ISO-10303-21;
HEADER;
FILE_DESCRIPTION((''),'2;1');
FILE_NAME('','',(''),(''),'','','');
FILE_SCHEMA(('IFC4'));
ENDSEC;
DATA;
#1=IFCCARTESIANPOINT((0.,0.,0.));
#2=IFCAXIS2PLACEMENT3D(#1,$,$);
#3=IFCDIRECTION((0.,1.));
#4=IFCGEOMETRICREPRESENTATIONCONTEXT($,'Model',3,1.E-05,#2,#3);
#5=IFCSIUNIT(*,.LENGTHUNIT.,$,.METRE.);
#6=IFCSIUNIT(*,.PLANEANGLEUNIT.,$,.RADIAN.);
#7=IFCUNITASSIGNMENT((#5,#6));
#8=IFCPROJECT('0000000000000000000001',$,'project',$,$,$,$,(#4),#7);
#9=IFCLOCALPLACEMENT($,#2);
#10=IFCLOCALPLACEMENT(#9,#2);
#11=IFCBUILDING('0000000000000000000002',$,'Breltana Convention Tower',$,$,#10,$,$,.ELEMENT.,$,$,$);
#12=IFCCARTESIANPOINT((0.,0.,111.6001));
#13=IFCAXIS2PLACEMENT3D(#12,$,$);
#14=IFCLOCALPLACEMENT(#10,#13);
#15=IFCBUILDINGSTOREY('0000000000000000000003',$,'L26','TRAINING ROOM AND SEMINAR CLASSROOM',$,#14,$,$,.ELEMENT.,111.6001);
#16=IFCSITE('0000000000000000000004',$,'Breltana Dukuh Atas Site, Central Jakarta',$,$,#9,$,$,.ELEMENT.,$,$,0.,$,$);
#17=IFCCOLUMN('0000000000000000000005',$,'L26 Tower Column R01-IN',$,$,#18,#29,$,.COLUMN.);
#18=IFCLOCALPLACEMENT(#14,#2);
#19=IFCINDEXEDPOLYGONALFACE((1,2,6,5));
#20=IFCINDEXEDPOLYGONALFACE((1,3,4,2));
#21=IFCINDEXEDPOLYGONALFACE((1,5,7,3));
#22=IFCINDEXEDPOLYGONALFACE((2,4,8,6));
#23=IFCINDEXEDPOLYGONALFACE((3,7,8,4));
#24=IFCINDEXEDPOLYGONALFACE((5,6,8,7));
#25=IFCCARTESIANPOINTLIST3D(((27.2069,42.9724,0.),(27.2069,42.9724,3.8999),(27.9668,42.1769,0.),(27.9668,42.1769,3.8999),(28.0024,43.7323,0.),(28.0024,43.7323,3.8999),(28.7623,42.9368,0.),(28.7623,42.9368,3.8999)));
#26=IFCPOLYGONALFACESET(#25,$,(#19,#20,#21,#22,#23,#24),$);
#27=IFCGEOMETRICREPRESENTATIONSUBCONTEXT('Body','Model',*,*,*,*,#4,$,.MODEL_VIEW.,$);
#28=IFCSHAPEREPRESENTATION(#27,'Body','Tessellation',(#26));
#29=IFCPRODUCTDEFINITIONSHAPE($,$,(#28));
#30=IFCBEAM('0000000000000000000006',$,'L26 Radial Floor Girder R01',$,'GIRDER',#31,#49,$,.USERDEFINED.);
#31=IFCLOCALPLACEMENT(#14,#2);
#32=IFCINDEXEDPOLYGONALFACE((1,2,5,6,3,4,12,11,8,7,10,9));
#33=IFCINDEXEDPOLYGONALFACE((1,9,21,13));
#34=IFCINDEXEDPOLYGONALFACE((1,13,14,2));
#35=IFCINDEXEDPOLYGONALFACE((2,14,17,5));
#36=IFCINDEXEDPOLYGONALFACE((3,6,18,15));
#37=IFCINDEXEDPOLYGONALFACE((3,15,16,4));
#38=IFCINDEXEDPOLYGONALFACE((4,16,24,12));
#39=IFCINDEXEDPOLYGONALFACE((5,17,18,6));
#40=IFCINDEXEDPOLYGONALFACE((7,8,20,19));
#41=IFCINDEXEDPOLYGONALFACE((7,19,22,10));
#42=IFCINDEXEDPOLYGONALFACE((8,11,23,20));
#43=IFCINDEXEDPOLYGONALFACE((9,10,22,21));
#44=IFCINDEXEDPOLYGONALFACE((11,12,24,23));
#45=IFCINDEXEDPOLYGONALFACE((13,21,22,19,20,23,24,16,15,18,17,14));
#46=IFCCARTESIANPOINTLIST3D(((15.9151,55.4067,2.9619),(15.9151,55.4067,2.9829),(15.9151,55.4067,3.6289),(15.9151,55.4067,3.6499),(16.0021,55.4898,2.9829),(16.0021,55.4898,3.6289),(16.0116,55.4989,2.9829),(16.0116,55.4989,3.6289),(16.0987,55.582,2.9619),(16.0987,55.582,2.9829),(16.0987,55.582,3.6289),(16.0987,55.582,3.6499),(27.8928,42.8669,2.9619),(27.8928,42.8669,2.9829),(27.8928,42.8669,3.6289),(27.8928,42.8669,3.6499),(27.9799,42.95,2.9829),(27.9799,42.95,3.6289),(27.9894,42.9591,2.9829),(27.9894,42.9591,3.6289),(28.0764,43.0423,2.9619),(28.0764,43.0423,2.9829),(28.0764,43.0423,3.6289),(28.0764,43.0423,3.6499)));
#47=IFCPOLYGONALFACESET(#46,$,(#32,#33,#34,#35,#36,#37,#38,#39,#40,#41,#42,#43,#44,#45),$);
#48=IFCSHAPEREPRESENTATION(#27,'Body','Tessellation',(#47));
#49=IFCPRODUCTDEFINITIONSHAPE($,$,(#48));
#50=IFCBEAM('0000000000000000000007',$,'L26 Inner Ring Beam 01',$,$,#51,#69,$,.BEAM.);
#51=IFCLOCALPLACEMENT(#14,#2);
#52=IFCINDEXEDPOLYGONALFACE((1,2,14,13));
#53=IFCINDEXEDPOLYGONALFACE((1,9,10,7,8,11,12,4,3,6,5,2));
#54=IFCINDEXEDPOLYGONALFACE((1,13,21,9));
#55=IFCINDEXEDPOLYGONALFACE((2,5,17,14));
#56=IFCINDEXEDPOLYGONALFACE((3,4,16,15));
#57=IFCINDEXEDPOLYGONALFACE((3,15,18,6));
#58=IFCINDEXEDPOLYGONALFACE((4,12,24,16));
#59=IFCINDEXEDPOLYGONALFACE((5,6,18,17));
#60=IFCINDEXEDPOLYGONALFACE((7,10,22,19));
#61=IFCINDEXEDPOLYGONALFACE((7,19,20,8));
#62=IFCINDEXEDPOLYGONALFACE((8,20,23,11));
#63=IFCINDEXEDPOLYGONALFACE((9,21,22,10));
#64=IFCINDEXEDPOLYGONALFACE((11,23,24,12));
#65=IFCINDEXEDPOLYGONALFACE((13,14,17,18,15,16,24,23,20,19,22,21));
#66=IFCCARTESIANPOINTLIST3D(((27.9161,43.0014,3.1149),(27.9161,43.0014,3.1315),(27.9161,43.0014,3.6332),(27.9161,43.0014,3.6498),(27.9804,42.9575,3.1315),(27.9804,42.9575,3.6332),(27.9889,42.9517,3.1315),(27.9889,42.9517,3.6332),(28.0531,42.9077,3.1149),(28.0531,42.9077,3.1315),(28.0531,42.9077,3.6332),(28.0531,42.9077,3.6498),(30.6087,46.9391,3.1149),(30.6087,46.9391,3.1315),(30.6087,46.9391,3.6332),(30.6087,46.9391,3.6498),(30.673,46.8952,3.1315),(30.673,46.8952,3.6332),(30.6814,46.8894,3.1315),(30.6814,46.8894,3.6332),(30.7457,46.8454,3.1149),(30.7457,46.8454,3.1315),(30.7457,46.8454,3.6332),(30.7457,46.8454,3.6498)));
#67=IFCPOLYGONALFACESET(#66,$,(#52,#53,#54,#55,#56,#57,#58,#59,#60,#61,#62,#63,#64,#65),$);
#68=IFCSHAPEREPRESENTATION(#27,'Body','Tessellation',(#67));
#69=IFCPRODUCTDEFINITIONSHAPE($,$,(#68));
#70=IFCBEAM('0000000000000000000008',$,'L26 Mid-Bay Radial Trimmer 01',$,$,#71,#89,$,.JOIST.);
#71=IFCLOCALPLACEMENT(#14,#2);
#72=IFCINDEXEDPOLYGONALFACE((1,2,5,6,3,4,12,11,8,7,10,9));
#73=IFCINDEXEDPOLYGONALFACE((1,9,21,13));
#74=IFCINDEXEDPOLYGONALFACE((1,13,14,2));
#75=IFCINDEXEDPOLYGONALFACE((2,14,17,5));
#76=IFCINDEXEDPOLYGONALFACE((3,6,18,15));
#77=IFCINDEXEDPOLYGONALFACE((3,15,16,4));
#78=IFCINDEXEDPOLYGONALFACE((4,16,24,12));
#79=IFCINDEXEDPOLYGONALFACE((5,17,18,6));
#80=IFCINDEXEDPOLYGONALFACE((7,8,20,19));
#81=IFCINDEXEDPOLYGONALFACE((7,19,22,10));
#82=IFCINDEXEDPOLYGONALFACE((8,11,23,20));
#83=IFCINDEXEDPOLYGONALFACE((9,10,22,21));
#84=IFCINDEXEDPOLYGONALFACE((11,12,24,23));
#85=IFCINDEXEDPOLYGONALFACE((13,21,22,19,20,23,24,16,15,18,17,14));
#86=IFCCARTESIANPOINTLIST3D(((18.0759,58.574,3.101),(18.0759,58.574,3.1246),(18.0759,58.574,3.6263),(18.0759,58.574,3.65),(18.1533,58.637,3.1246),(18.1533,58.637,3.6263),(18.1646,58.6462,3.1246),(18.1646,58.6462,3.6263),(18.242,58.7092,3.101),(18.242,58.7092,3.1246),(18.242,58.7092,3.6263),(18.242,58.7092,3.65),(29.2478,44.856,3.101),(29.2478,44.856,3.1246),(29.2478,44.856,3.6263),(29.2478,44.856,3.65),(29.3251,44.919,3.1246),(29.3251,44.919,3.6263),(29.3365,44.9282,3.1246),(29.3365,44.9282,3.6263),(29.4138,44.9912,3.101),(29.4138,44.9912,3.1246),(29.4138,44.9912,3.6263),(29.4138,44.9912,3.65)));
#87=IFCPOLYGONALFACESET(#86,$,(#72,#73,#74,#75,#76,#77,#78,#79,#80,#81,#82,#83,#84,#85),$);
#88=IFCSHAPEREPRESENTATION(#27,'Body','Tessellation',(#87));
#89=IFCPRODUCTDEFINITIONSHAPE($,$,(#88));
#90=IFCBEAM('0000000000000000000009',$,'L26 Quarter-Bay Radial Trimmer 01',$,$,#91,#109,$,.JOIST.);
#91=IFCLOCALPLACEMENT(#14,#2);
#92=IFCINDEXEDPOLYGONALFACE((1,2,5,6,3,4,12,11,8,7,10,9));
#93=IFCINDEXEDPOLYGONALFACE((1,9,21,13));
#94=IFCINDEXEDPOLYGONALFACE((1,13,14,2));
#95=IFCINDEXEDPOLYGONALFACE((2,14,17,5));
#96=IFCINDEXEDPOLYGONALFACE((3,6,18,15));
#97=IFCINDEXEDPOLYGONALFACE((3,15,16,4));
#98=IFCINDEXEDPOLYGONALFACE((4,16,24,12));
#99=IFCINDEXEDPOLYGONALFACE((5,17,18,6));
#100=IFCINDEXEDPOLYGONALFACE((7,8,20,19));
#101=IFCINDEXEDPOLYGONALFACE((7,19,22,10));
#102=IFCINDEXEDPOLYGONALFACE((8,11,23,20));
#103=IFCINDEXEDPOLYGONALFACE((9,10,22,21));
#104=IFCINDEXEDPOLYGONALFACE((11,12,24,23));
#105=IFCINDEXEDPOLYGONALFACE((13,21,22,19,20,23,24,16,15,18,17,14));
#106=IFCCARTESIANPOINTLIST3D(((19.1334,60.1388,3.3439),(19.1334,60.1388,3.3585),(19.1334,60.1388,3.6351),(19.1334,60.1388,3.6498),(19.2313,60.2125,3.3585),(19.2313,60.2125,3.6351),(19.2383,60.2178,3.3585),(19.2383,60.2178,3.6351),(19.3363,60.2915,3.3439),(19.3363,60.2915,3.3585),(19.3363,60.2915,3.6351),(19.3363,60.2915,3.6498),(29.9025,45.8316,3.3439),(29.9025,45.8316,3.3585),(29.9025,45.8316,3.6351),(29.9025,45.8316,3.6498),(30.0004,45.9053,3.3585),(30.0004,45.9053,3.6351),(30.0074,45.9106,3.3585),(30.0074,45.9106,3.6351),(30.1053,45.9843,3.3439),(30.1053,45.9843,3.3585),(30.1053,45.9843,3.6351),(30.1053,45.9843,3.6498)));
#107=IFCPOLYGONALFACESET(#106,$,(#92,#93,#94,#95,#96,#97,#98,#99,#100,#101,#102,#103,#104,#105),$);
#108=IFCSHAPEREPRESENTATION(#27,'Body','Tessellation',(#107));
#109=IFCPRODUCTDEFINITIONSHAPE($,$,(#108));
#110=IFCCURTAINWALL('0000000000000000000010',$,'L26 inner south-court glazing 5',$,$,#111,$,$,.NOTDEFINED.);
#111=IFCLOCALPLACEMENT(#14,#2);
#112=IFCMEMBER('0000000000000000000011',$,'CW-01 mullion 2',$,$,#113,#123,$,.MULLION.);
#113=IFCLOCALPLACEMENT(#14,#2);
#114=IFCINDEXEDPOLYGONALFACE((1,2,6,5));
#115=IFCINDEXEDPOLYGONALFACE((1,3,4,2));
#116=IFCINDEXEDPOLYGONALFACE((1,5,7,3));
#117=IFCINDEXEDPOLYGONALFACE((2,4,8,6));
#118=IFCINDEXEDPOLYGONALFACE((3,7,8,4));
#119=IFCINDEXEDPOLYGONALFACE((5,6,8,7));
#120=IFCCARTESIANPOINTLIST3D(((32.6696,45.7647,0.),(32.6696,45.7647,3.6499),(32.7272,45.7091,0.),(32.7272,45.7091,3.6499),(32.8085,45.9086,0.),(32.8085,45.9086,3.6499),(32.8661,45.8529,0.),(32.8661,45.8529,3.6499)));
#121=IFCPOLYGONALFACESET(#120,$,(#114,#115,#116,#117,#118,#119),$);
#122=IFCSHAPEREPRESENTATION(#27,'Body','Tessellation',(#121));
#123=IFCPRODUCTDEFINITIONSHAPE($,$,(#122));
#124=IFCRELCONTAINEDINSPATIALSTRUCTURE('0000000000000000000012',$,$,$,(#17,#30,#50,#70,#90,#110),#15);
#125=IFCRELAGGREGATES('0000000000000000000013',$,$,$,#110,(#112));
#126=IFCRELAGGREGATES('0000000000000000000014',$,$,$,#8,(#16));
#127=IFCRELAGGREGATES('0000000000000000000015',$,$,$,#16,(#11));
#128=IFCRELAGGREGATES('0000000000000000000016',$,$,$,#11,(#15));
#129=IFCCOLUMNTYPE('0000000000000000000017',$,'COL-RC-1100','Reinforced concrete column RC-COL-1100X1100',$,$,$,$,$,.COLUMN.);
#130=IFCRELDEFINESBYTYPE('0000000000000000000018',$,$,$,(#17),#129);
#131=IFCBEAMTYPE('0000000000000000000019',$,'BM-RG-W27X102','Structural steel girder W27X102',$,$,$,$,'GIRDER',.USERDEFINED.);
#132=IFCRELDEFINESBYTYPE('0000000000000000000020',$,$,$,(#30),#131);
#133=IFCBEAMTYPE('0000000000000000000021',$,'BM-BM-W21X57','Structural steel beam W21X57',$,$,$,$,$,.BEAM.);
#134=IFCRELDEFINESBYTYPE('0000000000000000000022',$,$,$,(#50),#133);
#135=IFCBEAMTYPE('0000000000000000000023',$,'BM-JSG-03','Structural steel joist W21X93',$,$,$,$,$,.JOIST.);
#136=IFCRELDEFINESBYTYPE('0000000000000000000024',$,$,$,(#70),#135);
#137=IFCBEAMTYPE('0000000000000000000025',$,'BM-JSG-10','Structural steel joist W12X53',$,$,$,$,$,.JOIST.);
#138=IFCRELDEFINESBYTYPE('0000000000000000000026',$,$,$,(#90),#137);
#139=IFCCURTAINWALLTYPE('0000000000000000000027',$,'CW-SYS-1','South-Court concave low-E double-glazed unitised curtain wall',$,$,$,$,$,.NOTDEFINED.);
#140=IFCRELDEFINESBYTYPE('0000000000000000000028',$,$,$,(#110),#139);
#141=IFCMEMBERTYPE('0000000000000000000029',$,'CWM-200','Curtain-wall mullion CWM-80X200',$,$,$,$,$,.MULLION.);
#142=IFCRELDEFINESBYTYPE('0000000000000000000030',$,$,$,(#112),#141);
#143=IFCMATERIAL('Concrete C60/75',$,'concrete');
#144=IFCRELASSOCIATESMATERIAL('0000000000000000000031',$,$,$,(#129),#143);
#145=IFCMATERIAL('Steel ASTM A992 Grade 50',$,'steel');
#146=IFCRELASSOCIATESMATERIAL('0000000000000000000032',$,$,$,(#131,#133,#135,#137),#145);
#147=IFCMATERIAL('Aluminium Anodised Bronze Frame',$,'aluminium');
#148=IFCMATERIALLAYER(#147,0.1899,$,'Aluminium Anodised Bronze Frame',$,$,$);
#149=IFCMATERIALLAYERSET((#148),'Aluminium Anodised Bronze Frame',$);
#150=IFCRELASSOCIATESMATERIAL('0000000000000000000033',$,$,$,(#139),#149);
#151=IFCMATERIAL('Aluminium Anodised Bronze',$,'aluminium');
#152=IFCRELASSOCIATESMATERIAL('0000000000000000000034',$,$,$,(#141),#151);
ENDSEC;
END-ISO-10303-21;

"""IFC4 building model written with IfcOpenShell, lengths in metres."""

from ifc_helpers import new_model, si_unit, direction, frame, origin, origin_2d, place, context, subcontext, project, spatial, rectangle, i_section, extrude, source, transform, mapped, material, layer, layer_set, material_profile, profile_set, type_object, type_shapes, element, aggregate, save


model = new_model("IFC4")

# Units and contexts
model_context = context("Model", 3, precision=1e-05, world=origin(), true_north=direction((0.0, 1.0)))
body_context = subcontext(model_context, "Body", "Model", "MODEL_VIEW")
ifc_project = project(units=[si_unit("LENGTHUNIT", "METRE"), si_unit("PLANEANGLEUNIT", "RADIAN")], contexts=[model_context])

# Site, building, storey
site_placement = place(None, origin())
site = spatial("IfcSite", under=ifc_project, at=site_placement, Name="Breltana Dukuh Atas Site, Central Jakarta", CompositionType="ELEMENT", RefElevation=0.0)
building_placement = place(site_placement, origin())
building = spatial("IfcBuilding", under=site, at=building_placement, Name="Breltana Convention Tower", CompositionType="ELEMENT")
storey_placement = place(building_placement, frame((0.0, 0.0, 111.6001)))
storey = spatial("IfcBuildingStorey", under=building, at=storey_placement, Name="L26", Description="TRAINING ROOM AND SEMINAR CLASSROOM", CompositionType="ELEMENT", Elevation=111.6001)

# Column
ifc_material_1 = material(Name="Concrete C60/75", Category="concrete")
ifc_material_profile_1 = material_profile(ifc_material_1, rectangle(XDim=1.1001, YDim=1.1001, at=origin_2d()), Name="RC-COL-1100X1100")
ifc_profile_set_1 = profile_set([ifc_material_profile_1], Name="Concrete C60/75")
column_type = type_object("IfcColumnType", Name="COL-RC-1100", Description="Reinforced concrete column RC-COL-1100X1100", PredefinedType="COLUMN", material=ifc_profile_set_1)
shared_shape_1 = source(origin(), body_context, "Body", "SweptSolid", [
    extrude(rectangle(XDim=1.1001, YDim=1.1001, at=origin_2d()), origin(), (0.0, 0.0, 1.0), 3.8999),
])
column_placement = place(storey_placement, frame((27.9846, 42.9546, 0.0), z_axis=(0.0, 0.0, 1.0), x_axis=(-0.690756, 0.723088, 0.0)))
element("IfcColumn", 1, at=column_placement, inside=storey, type_object=column_type, Name="L26 Tower Column R01-IN", PredefinedType="COLUMN", context=body_context, shape_type="MappedRepresentation", body=[
    mapped(shared_shape_1, transform((0.0, 0.0, 0.0), scale=1.0)),
])

# Beams
ifc_material_2 = material(Name="Steel ASTM A992 Grade 50", Category="steel")
ifc_material_profile_2 = material_profile(ifc_material_2, i_section(OverallWidth=0.2539, OverallDepth=0.688, WebThickness=0.0132, FlangeThickness=0.021, at=origin_2d()), Name="W27X102")
ifc_profile_set_2 = profile_set([ifc_material_profile_2], Name="Steel ASTM A992 Grade 50")
beam_type_1 = type_object("IfcBeamType", Name="BM-RG-W27X102", Description="Structural steel girder W27X102", ElementType="GIRDER", PredefinedType="USERDEFINED", material=ifc_profile_set_2)
shared_shape_2 = source(origin(), body_context, "Body", "SweptSolid", [
    extrude(i_section(OverallWidth=0.2539, OverallDepth=0.688, WebThickness=0.0132, FlangeThickness=0.021, at=origin_2d()), origin(), (0.0, 0.0, 1.0), 17.3411),
])
type_shapes(beam_type_1, [shared_shape_2])
beam_1_placement = place(storey_placement, frame((27.9846, 42.9546, 3.3059), z_axis=(-0.690716, 0.723126, 0.0), x_axis=(-0.723126, -0.690716, 0.0)))
element("IfcBeam", 2, at=beam_1_placement, inside=storey, type_object=beam_type_1, Name="L26 Radial Floor Girder R01", ObjectType="GIRDER", PredefinedType="USERDEFINED", context=body_context, shape_type="MappedRepresentation", body=[
    mapped(shared_shape_2, transform((0.0, 0.0, 0.0), scale=1.0)),
])
ifc_material_profile_3 = material_profile(ifc_material_2, i_section(OverallWidth=0.166, OverallDepth=0.5349, WebThickness=0.0103, FlangeThickness=0.0166, at=origin_2d()), Name="W21X57")
ifc_profile_set_3 = profile_set([ifc_material_profile_3], Name="Steel ASTM A992 Grade 50")
beam_type_2 = type_object("IfcBeamType", Name="BM-BM-W21X57", Description="Structural steel beam W21X57", PredefinedType="BEAM", material=ifc_profile_set_3)
shared_shape_3 = source(origin(), body_context, "Body", "SweptSolid", [
    extrude(i_section(OverallWidth=0.166, OverallDepth=0.5349, WebThickness=0.0103, FlangeThickness=0.0166, at=origin_2d()), origin(), (0.0, 0.0, 1.0), 4.7703),
])
beam_2_placement = place(storey_placement, frame((27.9846, 42.9546, 3.3823), z_axis=(0.564453, 0.825465, 0.0), x_axis=(-0.825465, 0.564453, 0.0)))
element("IfcBeam", 3, at=beam_2_placement, inside=storey, type_object=beam_type_2, Name="L26 Inner Ring Beam 01", PredefinedType="BEAM", context=body_context, shape_type="MappedRepresentation", body=[
    mapped(shared_shape_3, transform((0.0, 0.0, 0.0), scale=1.0)),
])
ifc_material_profile_4 = material_profile(ifc_material_2, i_section(OverallWidth=0.2141, OverallDepth=0.5491, WebThickness=0.0146, FlangeThickness=0.0237, at=origin_2d()), Name="W21X93")
ifc_profile_set_4 = profile_set([ifc_material_profile_4], Name="Steel ASTM A992 Grade 50")
beam_type_3 = type_object("IfcBeamType", Name="BM-JSG-03", Description="Structural steel joist W21X93", PredefinedType="JOIST", material=ifc_profile_set_4)
shared_shape_4 = source(origin(), body_context, "Body", "SweptSolid", [
    extrude(i_section(OverallWidth=0.2141, OverallDepth=0.5491, WebThickness=0.0146, FlangeThickness=0.0237, at=origin_2d()), origin(), (0.0, 0.0, 1.0), 17.6917),
])
beam_3_placement = place(storey_placement, frame((29.3308, 44.9236, 3.3755), z_axis=(-0.631477, 0.775395, 0.0), x_axis=(-0.775395, -0.631477, 0.0)))
element("IfcBeam", 4, at=beam_3_placement, inside=storey, type_object=beam_type_3, Name="L26 Mid-Bay Radial Trimmer 01", PredefinedType="JOIST", context=body_context, shape_type="MappedRepresentation", body=[
    mapped(shared_shape_4, transform((0.0, 0.0, 0.0), scale=1.0)),
])
ifc_material_profile_5 = material_profile(ifc_material_2, i_section(OverallWidth=0.2539, OverallDepth=0.3059, WebThickness=0.0088, FlangeThickness=0.0146, at=origin_2d()), Name="W12X53")
ifc_profile_set_5 = profile_set([ifc_material_profile_5], Name="Steel ASTM A992 Grade 50")
beam_type_4 = type_object("IfcBeamType", Name="BM-JSG-10", Description="Structural steel joist W12X53", PredefinedType="JOIST", material=ifc_profile_set_5)
shared_shape_5 = source(origin(), body_context, "Body", "SweptSolid", [
    extrude(i_section(OverallWidth=0.2539, OverallDepth=0.3059, WebThickness=0.0088, FlangeThickness=0.0146, at=origin_2d()), origin(), (0.0, 0.0, 1.0), 17.9072),
])
beam_4_placement = place(storey_placement, frame((30.0039, 45.908, 3.4968), z_axis=(-0.601382, 0.798962, 0.0), x_axis=(-0.798962, -0.601382, 0.0)))
element("IfcBeam", 5, at=beam_4_placement, inside=storey, type_object=beam_type_4, Name="L26 Quarter-Bay Radial Trimmer 01", PredefinedType="JOIST", context=body_context, shape_type="MappedRepresentation", body=[
    mapped(shared_shape_5, transform((0.0, 0.0, 0.0), scale=1.0)),
])

# Curtain wall, member
ifc_material_3 = material(Name="Aluminium Anodised Bronze Frame", Category="aluminium")
ifc_layer_1 = layer(ifc_material_3, 0.1899, Name="Aluminium Anodised Bronze Frame")
ifc_layer_set_1 = layer_set([ifc_layer_1], Name="Aluminium Anodised Bronze Frame")
curtain_wall_type = type_object("IfcCurtainWallType", Name="CW-SYS-1", Description="South-Court concave low-E double-glazed unitised curtain wall", PredefinedType="NOTDEFINED", material=ifc_layer_set_1)
curtain_wall_placement = place(storey_placement, origin())
curtain_wall = element("IfcCurtainWall", 6, at=curtain_wall_placement, inside=storey, type_object=curtain_wall_type, Name="L26 inner south-court glazing 5", PredefinedType="NOTDEFINED")
ifc_material_4 = material(Name="Aluminium Anodised Bronze", Category="aluminium")
ifc_material_profile_6 = material_profile(ifc_material_4, rectangle(XDim=0.0801, YDim=0.2, at=origin_2d()), Name="CWM-80X200")
ifc_profile_set_6 = profile_set([ifc_material_profile_6], Name="Aluminium Anodised Bronze")
member_type = type_object("IfcMemberType", Name="CWM-200", Description="Curtain-wall mullion CWM-80X200", PredefinedType="MULLION", material=ifc_profile_set_6)
shared_shape_6 = source(origin(), body_context, "Body", "SweptSolid", [
    extrude(rectangle(XDim=0.0801, YDim=0.2, at=origin_2d()), origin(), (0.0, 0.0, 1.0), 3.6499),
])
member_placement = place(storey_placement, frame((32.7678, 45.8088, 0.0), z_axis=(0.0, 0.0, 1.0), x_axis=(0.719387, -0.694609, 0.0)))
member = element("IfcMember", 7, at=member_placement, type_object=member_type, Name="CW-01 mullion 2", PredefinedType="MULLION", context=body_context, shape_type="MappedRepresentation", body=[
    mapped(shared_shape_6, transform((0.0, 0.0, 0.0), scale=1.0)),
])
aggregate(curtain_wall, [member])

save(model, "model.ifc")
